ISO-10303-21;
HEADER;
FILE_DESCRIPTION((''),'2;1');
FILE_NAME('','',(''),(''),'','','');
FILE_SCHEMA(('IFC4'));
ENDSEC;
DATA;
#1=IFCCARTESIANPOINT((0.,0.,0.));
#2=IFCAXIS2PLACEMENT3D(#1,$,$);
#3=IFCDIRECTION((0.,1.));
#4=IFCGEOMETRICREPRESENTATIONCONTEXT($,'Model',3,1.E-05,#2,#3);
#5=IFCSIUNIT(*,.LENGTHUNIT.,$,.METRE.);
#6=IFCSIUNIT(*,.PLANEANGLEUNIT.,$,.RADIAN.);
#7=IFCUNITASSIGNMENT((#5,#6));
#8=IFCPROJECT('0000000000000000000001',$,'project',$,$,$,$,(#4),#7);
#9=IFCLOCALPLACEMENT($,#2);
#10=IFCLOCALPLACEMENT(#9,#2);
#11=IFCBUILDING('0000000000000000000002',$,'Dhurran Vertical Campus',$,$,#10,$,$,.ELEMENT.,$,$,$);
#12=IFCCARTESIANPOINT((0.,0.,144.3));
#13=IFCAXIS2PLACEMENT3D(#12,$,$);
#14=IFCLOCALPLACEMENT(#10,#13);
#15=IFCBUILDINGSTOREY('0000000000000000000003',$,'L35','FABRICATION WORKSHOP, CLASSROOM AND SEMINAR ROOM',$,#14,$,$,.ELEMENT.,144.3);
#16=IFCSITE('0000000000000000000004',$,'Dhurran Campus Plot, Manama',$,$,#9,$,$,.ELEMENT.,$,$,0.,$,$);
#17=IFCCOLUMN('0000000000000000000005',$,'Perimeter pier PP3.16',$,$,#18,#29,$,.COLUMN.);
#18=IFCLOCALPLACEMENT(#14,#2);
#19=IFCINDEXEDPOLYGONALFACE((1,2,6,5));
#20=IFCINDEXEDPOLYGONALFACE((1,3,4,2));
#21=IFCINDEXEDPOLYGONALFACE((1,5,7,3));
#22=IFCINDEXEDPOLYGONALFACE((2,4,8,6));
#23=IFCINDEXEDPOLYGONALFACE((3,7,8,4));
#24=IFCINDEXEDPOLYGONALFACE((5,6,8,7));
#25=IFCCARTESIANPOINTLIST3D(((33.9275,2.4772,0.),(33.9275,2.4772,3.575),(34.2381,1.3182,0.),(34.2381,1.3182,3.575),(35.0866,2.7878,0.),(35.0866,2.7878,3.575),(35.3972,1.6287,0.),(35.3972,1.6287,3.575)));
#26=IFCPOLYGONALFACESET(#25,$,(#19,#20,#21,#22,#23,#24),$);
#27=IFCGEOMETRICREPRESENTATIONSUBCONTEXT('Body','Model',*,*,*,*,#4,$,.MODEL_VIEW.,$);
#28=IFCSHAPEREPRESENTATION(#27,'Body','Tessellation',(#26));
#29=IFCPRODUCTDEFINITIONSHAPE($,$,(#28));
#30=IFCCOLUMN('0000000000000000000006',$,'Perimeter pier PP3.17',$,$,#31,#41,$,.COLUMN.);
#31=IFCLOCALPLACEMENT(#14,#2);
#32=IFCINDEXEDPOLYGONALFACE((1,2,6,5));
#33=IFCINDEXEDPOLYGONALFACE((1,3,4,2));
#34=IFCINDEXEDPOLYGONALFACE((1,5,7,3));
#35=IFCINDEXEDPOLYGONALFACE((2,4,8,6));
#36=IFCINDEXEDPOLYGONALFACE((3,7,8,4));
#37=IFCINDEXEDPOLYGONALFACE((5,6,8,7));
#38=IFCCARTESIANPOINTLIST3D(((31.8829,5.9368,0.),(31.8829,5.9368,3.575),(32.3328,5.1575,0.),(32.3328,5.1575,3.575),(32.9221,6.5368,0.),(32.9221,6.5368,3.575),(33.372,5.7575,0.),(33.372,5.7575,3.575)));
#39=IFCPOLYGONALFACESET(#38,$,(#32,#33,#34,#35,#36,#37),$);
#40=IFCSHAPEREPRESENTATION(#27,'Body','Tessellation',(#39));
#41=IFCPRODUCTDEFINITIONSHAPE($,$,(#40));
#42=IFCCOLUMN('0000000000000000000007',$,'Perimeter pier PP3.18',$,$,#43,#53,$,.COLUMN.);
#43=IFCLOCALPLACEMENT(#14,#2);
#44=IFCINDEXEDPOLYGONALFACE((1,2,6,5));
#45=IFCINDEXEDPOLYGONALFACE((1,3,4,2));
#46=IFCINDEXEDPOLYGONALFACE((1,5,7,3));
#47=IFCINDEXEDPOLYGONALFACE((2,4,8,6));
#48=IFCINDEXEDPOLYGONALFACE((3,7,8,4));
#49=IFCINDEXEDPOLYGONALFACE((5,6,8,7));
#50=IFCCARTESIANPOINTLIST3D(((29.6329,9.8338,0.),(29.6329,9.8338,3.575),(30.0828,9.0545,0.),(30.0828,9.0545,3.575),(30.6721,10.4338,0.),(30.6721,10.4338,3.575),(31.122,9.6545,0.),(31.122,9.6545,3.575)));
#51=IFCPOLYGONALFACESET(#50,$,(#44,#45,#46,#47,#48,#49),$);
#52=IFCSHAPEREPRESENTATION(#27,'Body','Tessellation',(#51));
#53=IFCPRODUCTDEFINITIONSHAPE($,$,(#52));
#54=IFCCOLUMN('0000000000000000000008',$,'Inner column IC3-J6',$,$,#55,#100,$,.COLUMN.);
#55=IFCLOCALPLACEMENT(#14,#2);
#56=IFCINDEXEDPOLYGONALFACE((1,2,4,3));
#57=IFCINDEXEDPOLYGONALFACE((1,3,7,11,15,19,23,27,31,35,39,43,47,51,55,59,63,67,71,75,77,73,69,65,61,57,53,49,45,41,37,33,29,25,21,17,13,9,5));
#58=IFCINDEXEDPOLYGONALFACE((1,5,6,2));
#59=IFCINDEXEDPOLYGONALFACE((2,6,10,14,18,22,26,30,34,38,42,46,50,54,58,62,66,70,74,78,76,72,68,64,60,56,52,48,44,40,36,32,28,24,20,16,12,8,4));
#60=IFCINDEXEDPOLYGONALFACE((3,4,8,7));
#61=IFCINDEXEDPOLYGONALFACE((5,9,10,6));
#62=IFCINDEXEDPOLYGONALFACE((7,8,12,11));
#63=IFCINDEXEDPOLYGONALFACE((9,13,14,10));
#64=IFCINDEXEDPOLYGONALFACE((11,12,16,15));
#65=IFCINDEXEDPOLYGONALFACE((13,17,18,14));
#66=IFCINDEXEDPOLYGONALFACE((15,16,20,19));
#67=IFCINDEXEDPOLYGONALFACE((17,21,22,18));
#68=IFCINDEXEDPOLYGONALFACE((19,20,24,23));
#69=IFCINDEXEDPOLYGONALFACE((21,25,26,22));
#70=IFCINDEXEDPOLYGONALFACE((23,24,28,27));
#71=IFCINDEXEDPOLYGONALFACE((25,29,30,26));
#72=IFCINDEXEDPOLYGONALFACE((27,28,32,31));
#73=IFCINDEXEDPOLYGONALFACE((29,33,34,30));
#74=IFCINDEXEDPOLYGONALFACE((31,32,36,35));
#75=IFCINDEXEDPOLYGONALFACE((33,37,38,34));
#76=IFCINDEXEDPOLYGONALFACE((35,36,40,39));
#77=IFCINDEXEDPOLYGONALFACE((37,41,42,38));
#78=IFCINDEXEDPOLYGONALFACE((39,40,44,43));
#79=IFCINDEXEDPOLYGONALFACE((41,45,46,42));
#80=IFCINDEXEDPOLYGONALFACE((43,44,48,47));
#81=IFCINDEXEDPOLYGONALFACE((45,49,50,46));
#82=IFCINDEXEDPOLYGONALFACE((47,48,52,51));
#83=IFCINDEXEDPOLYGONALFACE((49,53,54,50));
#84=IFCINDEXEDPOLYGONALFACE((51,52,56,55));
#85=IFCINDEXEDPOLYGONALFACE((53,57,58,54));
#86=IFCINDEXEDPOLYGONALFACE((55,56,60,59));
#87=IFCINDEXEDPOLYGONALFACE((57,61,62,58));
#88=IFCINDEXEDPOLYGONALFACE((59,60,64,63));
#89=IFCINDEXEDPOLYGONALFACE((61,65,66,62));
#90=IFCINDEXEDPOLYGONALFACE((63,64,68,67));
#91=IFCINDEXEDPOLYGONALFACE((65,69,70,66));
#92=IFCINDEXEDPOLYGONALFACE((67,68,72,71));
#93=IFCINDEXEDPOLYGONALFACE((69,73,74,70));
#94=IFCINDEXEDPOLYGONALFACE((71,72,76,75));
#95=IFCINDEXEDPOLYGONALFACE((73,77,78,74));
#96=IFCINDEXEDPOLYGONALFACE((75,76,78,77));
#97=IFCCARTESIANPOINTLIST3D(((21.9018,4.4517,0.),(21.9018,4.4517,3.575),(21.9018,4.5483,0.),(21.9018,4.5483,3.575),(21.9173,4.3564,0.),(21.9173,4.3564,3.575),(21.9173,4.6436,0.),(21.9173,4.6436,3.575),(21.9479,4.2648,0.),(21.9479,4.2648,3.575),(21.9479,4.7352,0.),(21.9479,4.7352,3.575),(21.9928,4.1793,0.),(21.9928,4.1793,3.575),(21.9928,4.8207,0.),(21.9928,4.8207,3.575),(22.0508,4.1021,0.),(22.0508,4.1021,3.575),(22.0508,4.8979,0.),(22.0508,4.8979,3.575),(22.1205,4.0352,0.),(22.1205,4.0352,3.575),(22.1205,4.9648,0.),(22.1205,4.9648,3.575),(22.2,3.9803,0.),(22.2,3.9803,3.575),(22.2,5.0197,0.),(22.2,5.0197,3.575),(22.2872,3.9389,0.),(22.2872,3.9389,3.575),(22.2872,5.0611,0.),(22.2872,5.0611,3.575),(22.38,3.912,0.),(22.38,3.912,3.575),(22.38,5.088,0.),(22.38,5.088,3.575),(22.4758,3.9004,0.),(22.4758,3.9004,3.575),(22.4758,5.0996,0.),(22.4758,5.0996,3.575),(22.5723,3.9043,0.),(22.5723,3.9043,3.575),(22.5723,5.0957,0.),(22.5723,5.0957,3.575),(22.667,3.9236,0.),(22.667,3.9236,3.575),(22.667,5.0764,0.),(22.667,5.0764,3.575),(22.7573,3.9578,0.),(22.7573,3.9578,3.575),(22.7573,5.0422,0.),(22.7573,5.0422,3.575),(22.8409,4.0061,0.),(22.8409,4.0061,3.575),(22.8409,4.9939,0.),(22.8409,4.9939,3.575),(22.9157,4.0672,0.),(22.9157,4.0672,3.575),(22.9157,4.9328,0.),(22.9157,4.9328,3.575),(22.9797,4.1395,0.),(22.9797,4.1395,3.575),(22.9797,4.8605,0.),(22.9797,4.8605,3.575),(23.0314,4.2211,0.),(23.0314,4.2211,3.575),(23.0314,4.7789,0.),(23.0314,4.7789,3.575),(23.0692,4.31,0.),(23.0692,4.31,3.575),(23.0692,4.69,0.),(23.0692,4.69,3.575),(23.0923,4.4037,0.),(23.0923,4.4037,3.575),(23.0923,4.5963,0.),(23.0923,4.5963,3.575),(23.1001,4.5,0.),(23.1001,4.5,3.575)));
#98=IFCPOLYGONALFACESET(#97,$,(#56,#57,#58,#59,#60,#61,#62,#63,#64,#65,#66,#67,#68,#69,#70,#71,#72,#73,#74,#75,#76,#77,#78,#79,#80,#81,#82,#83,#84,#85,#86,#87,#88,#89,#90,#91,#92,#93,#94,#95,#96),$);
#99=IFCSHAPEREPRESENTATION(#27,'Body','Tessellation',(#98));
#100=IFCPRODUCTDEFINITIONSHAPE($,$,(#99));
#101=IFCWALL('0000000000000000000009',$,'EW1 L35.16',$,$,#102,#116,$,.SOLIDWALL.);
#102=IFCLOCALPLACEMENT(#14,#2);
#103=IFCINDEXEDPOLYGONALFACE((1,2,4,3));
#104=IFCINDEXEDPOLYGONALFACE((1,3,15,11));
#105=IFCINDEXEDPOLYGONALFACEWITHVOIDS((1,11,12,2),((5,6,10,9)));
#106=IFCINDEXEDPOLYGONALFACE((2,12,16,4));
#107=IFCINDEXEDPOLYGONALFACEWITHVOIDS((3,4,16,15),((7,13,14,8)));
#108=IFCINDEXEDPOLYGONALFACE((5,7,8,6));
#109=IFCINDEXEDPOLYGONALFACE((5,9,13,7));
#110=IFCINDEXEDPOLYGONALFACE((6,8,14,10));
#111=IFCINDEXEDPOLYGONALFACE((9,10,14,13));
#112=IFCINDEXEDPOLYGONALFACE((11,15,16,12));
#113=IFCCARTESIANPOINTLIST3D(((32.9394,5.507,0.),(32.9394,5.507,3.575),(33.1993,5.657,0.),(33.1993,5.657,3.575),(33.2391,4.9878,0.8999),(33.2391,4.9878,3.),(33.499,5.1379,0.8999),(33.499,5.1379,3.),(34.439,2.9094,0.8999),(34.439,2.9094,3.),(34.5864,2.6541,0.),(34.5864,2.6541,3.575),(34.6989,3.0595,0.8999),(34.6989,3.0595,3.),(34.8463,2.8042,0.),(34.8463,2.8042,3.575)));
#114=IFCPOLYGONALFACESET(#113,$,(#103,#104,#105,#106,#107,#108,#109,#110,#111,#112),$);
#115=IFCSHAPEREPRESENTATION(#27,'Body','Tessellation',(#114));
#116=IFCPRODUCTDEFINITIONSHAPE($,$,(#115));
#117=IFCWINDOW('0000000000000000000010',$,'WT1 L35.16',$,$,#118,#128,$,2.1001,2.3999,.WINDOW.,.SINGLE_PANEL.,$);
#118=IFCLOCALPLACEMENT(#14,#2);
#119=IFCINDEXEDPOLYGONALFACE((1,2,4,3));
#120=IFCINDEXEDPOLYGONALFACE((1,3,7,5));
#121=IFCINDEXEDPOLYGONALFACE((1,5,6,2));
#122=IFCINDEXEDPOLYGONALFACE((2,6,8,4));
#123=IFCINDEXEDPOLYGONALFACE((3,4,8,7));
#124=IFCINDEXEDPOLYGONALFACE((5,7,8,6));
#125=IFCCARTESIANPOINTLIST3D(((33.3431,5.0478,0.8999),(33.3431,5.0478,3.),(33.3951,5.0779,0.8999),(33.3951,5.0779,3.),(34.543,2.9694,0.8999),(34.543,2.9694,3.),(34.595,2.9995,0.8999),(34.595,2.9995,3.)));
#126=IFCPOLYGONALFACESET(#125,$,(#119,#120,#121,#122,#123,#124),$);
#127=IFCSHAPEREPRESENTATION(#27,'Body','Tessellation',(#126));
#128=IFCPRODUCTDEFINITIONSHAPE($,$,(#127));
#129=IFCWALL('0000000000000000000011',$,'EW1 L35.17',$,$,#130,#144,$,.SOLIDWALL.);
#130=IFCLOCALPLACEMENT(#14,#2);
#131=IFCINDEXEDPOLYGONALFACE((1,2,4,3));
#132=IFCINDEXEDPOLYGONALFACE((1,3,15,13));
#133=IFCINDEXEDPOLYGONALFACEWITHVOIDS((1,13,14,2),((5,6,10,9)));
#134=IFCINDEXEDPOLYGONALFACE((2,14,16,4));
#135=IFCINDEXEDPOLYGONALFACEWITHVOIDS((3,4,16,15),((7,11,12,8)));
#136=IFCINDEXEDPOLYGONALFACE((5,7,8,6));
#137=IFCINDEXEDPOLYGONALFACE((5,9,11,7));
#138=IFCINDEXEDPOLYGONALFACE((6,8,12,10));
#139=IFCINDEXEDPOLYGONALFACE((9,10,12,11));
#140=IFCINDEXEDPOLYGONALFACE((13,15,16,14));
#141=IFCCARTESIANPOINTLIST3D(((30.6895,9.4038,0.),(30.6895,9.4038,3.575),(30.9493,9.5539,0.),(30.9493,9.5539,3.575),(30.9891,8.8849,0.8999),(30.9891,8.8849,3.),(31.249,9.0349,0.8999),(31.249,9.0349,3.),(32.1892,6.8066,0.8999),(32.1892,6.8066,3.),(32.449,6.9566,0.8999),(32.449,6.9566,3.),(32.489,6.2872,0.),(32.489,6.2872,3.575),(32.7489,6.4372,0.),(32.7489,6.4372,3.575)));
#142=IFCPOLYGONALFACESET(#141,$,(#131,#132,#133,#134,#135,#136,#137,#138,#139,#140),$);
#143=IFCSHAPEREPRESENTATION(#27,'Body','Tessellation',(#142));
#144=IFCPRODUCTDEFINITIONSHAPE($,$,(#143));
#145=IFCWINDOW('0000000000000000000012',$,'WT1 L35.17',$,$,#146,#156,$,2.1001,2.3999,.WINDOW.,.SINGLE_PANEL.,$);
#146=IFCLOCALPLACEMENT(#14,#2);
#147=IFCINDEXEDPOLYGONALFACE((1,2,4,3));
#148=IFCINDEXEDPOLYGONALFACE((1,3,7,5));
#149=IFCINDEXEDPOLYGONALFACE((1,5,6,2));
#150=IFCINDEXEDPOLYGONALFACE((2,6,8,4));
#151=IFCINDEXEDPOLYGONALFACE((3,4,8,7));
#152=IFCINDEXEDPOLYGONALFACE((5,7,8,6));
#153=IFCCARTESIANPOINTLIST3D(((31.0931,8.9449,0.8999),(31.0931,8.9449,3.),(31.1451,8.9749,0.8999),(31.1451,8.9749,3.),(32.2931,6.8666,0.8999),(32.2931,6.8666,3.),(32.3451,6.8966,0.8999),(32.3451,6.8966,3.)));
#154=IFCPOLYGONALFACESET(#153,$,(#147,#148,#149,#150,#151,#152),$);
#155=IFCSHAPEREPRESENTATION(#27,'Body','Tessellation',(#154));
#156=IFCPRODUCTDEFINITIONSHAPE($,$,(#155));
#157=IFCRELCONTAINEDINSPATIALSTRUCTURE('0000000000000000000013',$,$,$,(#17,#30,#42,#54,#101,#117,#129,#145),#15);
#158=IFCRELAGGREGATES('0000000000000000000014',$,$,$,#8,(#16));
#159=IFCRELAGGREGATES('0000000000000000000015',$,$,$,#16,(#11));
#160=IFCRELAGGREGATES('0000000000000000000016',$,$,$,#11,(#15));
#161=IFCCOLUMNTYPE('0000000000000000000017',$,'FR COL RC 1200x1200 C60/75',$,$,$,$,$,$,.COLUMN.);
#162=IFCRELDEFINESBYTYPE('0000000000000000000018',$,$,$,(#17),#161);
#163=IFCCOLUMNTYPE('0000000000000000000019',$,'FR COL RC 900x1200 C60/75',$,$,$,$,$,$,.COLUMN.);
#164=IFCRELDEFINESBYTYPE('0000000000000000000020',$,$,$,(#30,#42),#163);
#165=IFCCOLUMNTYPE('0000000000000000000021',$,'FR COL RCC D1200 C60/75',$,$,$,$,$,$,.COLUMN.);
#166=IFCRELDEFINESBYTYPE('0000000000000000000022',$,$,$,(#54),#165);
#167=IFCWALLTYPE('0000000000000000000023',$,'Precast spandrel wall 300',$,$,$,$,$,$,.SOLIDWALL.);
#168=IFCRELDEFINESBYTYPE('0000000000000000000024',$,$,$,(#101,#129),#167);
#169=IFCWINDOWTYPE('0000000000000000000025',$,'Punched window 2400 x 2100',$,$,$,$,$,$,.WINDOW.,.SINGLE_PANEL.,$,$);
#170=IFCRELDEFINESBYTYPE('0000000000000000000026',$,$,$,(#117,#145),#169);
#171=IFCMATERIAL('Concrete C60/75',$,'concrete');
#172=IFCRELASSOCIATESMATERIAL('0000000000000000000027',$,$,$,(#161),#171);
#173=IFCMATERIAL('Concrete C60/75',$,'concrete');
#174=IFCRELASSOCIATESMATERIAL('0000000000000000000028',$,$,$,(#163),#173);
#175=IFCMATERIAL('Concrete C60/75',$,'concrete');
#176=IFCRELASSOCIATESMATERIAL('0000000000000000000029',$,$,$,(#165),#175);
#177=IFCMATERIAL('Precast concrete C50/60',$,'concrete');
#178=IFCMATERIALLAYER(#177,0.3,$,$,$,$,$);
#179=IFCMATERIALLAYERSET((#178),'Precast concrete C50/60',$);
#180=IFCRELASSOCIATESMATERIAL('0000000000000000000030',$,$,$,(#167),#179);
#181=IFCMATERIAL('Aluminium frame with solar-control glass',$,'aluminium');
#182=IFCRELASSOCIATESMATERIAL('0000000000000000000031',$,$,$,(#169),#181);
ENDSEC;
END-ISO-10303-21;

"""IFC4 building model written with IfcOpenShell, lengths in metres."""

from ifc_helpers import new_model, si_unit, direction, frame, frame_2d, origin, origin_2d, place, context, subcontext, project, spatial, rectangle, circle, extrude, material, layer, layer_set, material_profile, profile_set, type_object, element, fill, save


model = new_model("IFC4")

# Units and contexts
model_context = context("Model", 3, precision=1e-05, world=origin(), true_north=direction((0.0, 1.0)))
body_context = subcontext(model_context, "Body", "Model", "MODEL_VIEW")
ifc_project = project(units=[si_unit("LENGTHUNIT", "METRE"), si_unit("PLANEANGLEUNIT", "RADIAN")], contexts=[model_context])

# Site, building, storey
site_placement = place(None, origin())
site = spatial("IfcSite", under=ifc_project, at=site_placement, Name="Dhurran Campus Plot, Manama", CompositionType="ELEMENT", RefElevation=0.0)
building_placement = place(site_placement, origin())
building = spatial("IfcBuilding", under=site, at=building_placement, Name="Dhurran Vertical Campus", CompositionType="ELEMENT")
storey_placement = place(building_placement, frame((0.0, 0.0, 144.3)))
storey = spatial("IfcBuildingStorey", under=building, at=storey_placement, Name="L35", Description="FABRICATION WORKSHOP, CLASSROOM AND SEMINAR ROOM", CompositionType="ELEMENT", Elevation=144.3)

# Columns
ifc_material_1 = material(Name="Concrete C60/75", Category="concrete")
ifc_material_profile_1 = material_profile(ifc_material_1, rectangle(XDim=1.2, YDim=1.2, at=origin_2d()), Name="RC 1200x1200")
ifc_profile_set_1 = profile_set([ifc_material_profile_1], Name="Concrete C60/75")
column_type_1 = type_object("IfcColumnType", Name="FR COL RC 1200x1200 C60/75", PredefinedType="COLUMN", material=ifc_profile_set_1)
column_1_placement = place(storey_placement, frame((34.6624, 2.053, 0.0), z_axis=(0.0, 0.0, 1.0), x_axis=(-0.258819, 0.965926, 0.0)))
element("IfcColumn", 1, at=column_1_placement, inside=storey, type_object=column_type_1, Name="Perimeter pier PP3.16", PredefinedType="COLUMN", context=body_context, shape_type="SweptSolid", body=[
    extrude(rectangle(XDim=1.2, YDim=1.2, at=origin_2d()), origin(), (0.0, 0.0, 1.0), 3.575),
])
ifc_material_2 = material(Name="Concrete C60/75", Category="concrete")
ifc_material_profile_2 = material_profile(ifc_material_2, rectangle(XDim=0.8999, YDim=1.2, at=origin_2d()), Name="RC 900x1200")
ifc_profile_set_2 = profile_set([ifc_material_profile_2], Name="Concrete C60/75")
column_type_2 = type_object("IfcColumnType", Name="FR COL RC 900x1200 C60/75", PredefinedType="COLUMN", material=ifc_profile_set_2)
for number, where, z_axis, x_axis, name in (
    (2, (32.6274, 5.8472, 0.0), (0.0, 0.0, 1.0), (-0.5, 0.866025, 0.0), "Perimeter pier PP3.17"),
    (3, (30.3774, 9.7441, 0.0), (0.0, 0.0, 1.0), (-0.5, 0.866025, 0.0), "Perimeter pier PP3.18"),
):
    element("IfcColumn", number, at=place(storey_placement, frame(where, z_axis=z_axis, x_axis=x_axis)), inside=storey, type_object=column_type_2, Name=name, PredefinedType="COLUMN", context=body_context, shape_type="SweptSolid", body=[
        extrude(rectangle(XDim=0.8999, YDim=1.2, at=origin_2d()), origin(), (0.0, 0.0, 1.0), 3.575),
    ])
ifc_material_3 = material(Name="Concrete C60/75", Category="concrete")
ifc_material_profile_3 = material_profile(ifc_material_3, circle(Radius=0.6001, at=origin_2d()), Name="RCC D1200")
ifc_profile_set_3 = profile_set([ifc_material_profile_3], Name="Concrete C60/75")
column_type_3 = type_object("IfcColumnType", Name="FR COL RCC D1200 C60/75", PredefinedType="COLUMN", material=ifc_profile_set_3)
column_2_placement = place(storey_placement, frame((22.5, 4.5, 0.0), z_axis=(0.0, 0.0, 1.0), x_axis=(1.0, 0.0, 0.0)))
element("IfcColumn", 4, at=column_2_placement, inside=storey, type_object=column_type_3, Name="Inner column IC3-J6", PredefinedType="COLUMN", context=body_context, shape_type="SweptSolid", body=[
    extrude(circle(Radius=0.6001, at=origin_2d()), origin(), (0.0, 0.0, 1.0), 3.575),
])

# Walls, openings, windows
ifc_material_4 = material(Name="Precast concrete C50/60", Category="concrete")
ifc_layer_1 = layer(ifc_material_4, 0.3)
ifc_layer_set_1 = layer_set([ifc_layer_1], Name="Precast concrete C50/60")
wall_type_1 = type_object("IfcWallType", Name="Precast spandrel wall 300", PredefinedType="SOLIDWALL", material=ifc_layer_set_1)
wall_1_placement = place(storey_placement, frame((34.7163, 2.7292, 0.0), z_axis=(0.0, 0.0, 1.0), x_axis=(-0.499981, 0.866036, 0.0)))
wall_1 = element("IfcWall", 5, at=wall_1_placement, inside=storey, type_object=wall_type_1, Name="EW1 L35.16", PredefinedType="SOLIDWALL", context=body_context, shape_type="SweptSolid", body=[
    extrude(rectangle(XDim=3.2942, YDim=0.3, at=frame_2d((1.647, 0.0))), origin(), (0.0, 0.0, 1.0), 3.575),
])
opening_1_placement = place(wall_1_placement, frame((0.2947, 0.0, 0.8999)))
opening_1 = element("IfcOpeningElement", 6, at=opening_1_placement, cuts=wall_1, PredefinedType="OPENING", context=body_context, shape_type="SweptSolid", body=[
    extrude(rectangle(XDim=2.3999, YDim=2.1001, at=frame_2d((1.2, 1.05))), frame((0.0, 0.1599, 0.0), z_axis=(0.0, -1.0, 0.0), x_axis=(1.0, 0.0, 0.0)), (0.0, 0.0, 1.0), 0.3201),
])
ifc_material_5 = material(Name="Aluminium frame with solar-control glass", Category="aluminium")
window_type = type_object("IfcWindowType", Name="Punched window 2400 x 2100", PartitioningType="SINGLE_PANEL", PredefinedType="WINDOW", material=ifc_material_5)
window_1_placement = place(opening_1_placement, origin())
window_1 = element("IfcWindow", 7, at=window_1_placement, inside=storey, type_object=window_type, Name="WT1 L35.16", OverallHeight=2.1001, OverallWidth=2.3999, PartitioningType="SINGLE_PANEL", PredefinedType="WINDOW", context=body_context, shape_type="SweptSolid", body=[
    extrude(rectangle(XDim=2.3999, YDim=2.1001, at=frame_2d((1.2, 1.05))), frame((0.0, 0.03, 0.0), z_axis=(0.0, -1.0, 0.0), x_axis=(1.0, 0.0, 0.0)), (0.0, 0.0, 1.0), 0.0601),
])
fill(opening_1, window_1)
wall_2_placement = place(storey_placement, frame((32.6189, 6.3623, 0.0), z_axis=(0.0, 0.0, 1.0), x_axis=(-0.500028, 0.866009, 0.0)))
wall_2 = element("IfcWall", 8, at=wall_2_placement, inside=storey, type_object=wall_type_1, Name="EW1 L35.17", PredefinedType="SOLIDWALL", context=body_context, shape_type="SweptSolid", body=[
    extrude(rectangle(XDim=3.5989, YDim=0.3, at=frame_2d((1.7993, 0.0))), origin(), (0.0, 0.0, 1.0), 3.575),
])
opening_2_placement = place(wall_2_placement, frame((0.5996, 0.0, 0.8999)))
opening_2 = element("IfcOpeningElement", 9, at=opening_2_placement, cuts=wall_2, PredefinedType="OPENING", context=body_context, shape_type="SweptSolid", body=[
    extrude(rectangle(XDim=2.3999, YDim=2.1001, at=frame_2d((1.2, 1.05))), frame((0.0, 0.1599, 0.0), z_axis=(0.0, -1.0, 0.0), x_axis=(1.0, 0.0, 0.0)), (0.0, 0.0, 1.0), 0.3201),
])
window_2_placement = place(opening_2_placement, origin())
window_2 = element("IfcWindow", 10, at=window_2_placement, inside=storey, type_object=window_type, Name="WT1 L35.17", OverallHeight=2.1001, OverallWidth=2.3999, PartitioningType="SINGLE_PANEL", PredefinedType="WINDOW", context=body_context, shape_type="SweptSolid", body=[
    extrude(rectangle(XDim=2.3999, YDim=2.1001, at=frame_2d((1.2, 1.05))), frame((0.0, 0.03, 0.0), z_axis=(0.0, -1.0, 0.0), x_axis=(1.0, 0.0, 0.0)), (0.0, 0.0, 1.0), 0.0601),
])
fill(opening_2, window_2)

save(model, "model.ifc")
